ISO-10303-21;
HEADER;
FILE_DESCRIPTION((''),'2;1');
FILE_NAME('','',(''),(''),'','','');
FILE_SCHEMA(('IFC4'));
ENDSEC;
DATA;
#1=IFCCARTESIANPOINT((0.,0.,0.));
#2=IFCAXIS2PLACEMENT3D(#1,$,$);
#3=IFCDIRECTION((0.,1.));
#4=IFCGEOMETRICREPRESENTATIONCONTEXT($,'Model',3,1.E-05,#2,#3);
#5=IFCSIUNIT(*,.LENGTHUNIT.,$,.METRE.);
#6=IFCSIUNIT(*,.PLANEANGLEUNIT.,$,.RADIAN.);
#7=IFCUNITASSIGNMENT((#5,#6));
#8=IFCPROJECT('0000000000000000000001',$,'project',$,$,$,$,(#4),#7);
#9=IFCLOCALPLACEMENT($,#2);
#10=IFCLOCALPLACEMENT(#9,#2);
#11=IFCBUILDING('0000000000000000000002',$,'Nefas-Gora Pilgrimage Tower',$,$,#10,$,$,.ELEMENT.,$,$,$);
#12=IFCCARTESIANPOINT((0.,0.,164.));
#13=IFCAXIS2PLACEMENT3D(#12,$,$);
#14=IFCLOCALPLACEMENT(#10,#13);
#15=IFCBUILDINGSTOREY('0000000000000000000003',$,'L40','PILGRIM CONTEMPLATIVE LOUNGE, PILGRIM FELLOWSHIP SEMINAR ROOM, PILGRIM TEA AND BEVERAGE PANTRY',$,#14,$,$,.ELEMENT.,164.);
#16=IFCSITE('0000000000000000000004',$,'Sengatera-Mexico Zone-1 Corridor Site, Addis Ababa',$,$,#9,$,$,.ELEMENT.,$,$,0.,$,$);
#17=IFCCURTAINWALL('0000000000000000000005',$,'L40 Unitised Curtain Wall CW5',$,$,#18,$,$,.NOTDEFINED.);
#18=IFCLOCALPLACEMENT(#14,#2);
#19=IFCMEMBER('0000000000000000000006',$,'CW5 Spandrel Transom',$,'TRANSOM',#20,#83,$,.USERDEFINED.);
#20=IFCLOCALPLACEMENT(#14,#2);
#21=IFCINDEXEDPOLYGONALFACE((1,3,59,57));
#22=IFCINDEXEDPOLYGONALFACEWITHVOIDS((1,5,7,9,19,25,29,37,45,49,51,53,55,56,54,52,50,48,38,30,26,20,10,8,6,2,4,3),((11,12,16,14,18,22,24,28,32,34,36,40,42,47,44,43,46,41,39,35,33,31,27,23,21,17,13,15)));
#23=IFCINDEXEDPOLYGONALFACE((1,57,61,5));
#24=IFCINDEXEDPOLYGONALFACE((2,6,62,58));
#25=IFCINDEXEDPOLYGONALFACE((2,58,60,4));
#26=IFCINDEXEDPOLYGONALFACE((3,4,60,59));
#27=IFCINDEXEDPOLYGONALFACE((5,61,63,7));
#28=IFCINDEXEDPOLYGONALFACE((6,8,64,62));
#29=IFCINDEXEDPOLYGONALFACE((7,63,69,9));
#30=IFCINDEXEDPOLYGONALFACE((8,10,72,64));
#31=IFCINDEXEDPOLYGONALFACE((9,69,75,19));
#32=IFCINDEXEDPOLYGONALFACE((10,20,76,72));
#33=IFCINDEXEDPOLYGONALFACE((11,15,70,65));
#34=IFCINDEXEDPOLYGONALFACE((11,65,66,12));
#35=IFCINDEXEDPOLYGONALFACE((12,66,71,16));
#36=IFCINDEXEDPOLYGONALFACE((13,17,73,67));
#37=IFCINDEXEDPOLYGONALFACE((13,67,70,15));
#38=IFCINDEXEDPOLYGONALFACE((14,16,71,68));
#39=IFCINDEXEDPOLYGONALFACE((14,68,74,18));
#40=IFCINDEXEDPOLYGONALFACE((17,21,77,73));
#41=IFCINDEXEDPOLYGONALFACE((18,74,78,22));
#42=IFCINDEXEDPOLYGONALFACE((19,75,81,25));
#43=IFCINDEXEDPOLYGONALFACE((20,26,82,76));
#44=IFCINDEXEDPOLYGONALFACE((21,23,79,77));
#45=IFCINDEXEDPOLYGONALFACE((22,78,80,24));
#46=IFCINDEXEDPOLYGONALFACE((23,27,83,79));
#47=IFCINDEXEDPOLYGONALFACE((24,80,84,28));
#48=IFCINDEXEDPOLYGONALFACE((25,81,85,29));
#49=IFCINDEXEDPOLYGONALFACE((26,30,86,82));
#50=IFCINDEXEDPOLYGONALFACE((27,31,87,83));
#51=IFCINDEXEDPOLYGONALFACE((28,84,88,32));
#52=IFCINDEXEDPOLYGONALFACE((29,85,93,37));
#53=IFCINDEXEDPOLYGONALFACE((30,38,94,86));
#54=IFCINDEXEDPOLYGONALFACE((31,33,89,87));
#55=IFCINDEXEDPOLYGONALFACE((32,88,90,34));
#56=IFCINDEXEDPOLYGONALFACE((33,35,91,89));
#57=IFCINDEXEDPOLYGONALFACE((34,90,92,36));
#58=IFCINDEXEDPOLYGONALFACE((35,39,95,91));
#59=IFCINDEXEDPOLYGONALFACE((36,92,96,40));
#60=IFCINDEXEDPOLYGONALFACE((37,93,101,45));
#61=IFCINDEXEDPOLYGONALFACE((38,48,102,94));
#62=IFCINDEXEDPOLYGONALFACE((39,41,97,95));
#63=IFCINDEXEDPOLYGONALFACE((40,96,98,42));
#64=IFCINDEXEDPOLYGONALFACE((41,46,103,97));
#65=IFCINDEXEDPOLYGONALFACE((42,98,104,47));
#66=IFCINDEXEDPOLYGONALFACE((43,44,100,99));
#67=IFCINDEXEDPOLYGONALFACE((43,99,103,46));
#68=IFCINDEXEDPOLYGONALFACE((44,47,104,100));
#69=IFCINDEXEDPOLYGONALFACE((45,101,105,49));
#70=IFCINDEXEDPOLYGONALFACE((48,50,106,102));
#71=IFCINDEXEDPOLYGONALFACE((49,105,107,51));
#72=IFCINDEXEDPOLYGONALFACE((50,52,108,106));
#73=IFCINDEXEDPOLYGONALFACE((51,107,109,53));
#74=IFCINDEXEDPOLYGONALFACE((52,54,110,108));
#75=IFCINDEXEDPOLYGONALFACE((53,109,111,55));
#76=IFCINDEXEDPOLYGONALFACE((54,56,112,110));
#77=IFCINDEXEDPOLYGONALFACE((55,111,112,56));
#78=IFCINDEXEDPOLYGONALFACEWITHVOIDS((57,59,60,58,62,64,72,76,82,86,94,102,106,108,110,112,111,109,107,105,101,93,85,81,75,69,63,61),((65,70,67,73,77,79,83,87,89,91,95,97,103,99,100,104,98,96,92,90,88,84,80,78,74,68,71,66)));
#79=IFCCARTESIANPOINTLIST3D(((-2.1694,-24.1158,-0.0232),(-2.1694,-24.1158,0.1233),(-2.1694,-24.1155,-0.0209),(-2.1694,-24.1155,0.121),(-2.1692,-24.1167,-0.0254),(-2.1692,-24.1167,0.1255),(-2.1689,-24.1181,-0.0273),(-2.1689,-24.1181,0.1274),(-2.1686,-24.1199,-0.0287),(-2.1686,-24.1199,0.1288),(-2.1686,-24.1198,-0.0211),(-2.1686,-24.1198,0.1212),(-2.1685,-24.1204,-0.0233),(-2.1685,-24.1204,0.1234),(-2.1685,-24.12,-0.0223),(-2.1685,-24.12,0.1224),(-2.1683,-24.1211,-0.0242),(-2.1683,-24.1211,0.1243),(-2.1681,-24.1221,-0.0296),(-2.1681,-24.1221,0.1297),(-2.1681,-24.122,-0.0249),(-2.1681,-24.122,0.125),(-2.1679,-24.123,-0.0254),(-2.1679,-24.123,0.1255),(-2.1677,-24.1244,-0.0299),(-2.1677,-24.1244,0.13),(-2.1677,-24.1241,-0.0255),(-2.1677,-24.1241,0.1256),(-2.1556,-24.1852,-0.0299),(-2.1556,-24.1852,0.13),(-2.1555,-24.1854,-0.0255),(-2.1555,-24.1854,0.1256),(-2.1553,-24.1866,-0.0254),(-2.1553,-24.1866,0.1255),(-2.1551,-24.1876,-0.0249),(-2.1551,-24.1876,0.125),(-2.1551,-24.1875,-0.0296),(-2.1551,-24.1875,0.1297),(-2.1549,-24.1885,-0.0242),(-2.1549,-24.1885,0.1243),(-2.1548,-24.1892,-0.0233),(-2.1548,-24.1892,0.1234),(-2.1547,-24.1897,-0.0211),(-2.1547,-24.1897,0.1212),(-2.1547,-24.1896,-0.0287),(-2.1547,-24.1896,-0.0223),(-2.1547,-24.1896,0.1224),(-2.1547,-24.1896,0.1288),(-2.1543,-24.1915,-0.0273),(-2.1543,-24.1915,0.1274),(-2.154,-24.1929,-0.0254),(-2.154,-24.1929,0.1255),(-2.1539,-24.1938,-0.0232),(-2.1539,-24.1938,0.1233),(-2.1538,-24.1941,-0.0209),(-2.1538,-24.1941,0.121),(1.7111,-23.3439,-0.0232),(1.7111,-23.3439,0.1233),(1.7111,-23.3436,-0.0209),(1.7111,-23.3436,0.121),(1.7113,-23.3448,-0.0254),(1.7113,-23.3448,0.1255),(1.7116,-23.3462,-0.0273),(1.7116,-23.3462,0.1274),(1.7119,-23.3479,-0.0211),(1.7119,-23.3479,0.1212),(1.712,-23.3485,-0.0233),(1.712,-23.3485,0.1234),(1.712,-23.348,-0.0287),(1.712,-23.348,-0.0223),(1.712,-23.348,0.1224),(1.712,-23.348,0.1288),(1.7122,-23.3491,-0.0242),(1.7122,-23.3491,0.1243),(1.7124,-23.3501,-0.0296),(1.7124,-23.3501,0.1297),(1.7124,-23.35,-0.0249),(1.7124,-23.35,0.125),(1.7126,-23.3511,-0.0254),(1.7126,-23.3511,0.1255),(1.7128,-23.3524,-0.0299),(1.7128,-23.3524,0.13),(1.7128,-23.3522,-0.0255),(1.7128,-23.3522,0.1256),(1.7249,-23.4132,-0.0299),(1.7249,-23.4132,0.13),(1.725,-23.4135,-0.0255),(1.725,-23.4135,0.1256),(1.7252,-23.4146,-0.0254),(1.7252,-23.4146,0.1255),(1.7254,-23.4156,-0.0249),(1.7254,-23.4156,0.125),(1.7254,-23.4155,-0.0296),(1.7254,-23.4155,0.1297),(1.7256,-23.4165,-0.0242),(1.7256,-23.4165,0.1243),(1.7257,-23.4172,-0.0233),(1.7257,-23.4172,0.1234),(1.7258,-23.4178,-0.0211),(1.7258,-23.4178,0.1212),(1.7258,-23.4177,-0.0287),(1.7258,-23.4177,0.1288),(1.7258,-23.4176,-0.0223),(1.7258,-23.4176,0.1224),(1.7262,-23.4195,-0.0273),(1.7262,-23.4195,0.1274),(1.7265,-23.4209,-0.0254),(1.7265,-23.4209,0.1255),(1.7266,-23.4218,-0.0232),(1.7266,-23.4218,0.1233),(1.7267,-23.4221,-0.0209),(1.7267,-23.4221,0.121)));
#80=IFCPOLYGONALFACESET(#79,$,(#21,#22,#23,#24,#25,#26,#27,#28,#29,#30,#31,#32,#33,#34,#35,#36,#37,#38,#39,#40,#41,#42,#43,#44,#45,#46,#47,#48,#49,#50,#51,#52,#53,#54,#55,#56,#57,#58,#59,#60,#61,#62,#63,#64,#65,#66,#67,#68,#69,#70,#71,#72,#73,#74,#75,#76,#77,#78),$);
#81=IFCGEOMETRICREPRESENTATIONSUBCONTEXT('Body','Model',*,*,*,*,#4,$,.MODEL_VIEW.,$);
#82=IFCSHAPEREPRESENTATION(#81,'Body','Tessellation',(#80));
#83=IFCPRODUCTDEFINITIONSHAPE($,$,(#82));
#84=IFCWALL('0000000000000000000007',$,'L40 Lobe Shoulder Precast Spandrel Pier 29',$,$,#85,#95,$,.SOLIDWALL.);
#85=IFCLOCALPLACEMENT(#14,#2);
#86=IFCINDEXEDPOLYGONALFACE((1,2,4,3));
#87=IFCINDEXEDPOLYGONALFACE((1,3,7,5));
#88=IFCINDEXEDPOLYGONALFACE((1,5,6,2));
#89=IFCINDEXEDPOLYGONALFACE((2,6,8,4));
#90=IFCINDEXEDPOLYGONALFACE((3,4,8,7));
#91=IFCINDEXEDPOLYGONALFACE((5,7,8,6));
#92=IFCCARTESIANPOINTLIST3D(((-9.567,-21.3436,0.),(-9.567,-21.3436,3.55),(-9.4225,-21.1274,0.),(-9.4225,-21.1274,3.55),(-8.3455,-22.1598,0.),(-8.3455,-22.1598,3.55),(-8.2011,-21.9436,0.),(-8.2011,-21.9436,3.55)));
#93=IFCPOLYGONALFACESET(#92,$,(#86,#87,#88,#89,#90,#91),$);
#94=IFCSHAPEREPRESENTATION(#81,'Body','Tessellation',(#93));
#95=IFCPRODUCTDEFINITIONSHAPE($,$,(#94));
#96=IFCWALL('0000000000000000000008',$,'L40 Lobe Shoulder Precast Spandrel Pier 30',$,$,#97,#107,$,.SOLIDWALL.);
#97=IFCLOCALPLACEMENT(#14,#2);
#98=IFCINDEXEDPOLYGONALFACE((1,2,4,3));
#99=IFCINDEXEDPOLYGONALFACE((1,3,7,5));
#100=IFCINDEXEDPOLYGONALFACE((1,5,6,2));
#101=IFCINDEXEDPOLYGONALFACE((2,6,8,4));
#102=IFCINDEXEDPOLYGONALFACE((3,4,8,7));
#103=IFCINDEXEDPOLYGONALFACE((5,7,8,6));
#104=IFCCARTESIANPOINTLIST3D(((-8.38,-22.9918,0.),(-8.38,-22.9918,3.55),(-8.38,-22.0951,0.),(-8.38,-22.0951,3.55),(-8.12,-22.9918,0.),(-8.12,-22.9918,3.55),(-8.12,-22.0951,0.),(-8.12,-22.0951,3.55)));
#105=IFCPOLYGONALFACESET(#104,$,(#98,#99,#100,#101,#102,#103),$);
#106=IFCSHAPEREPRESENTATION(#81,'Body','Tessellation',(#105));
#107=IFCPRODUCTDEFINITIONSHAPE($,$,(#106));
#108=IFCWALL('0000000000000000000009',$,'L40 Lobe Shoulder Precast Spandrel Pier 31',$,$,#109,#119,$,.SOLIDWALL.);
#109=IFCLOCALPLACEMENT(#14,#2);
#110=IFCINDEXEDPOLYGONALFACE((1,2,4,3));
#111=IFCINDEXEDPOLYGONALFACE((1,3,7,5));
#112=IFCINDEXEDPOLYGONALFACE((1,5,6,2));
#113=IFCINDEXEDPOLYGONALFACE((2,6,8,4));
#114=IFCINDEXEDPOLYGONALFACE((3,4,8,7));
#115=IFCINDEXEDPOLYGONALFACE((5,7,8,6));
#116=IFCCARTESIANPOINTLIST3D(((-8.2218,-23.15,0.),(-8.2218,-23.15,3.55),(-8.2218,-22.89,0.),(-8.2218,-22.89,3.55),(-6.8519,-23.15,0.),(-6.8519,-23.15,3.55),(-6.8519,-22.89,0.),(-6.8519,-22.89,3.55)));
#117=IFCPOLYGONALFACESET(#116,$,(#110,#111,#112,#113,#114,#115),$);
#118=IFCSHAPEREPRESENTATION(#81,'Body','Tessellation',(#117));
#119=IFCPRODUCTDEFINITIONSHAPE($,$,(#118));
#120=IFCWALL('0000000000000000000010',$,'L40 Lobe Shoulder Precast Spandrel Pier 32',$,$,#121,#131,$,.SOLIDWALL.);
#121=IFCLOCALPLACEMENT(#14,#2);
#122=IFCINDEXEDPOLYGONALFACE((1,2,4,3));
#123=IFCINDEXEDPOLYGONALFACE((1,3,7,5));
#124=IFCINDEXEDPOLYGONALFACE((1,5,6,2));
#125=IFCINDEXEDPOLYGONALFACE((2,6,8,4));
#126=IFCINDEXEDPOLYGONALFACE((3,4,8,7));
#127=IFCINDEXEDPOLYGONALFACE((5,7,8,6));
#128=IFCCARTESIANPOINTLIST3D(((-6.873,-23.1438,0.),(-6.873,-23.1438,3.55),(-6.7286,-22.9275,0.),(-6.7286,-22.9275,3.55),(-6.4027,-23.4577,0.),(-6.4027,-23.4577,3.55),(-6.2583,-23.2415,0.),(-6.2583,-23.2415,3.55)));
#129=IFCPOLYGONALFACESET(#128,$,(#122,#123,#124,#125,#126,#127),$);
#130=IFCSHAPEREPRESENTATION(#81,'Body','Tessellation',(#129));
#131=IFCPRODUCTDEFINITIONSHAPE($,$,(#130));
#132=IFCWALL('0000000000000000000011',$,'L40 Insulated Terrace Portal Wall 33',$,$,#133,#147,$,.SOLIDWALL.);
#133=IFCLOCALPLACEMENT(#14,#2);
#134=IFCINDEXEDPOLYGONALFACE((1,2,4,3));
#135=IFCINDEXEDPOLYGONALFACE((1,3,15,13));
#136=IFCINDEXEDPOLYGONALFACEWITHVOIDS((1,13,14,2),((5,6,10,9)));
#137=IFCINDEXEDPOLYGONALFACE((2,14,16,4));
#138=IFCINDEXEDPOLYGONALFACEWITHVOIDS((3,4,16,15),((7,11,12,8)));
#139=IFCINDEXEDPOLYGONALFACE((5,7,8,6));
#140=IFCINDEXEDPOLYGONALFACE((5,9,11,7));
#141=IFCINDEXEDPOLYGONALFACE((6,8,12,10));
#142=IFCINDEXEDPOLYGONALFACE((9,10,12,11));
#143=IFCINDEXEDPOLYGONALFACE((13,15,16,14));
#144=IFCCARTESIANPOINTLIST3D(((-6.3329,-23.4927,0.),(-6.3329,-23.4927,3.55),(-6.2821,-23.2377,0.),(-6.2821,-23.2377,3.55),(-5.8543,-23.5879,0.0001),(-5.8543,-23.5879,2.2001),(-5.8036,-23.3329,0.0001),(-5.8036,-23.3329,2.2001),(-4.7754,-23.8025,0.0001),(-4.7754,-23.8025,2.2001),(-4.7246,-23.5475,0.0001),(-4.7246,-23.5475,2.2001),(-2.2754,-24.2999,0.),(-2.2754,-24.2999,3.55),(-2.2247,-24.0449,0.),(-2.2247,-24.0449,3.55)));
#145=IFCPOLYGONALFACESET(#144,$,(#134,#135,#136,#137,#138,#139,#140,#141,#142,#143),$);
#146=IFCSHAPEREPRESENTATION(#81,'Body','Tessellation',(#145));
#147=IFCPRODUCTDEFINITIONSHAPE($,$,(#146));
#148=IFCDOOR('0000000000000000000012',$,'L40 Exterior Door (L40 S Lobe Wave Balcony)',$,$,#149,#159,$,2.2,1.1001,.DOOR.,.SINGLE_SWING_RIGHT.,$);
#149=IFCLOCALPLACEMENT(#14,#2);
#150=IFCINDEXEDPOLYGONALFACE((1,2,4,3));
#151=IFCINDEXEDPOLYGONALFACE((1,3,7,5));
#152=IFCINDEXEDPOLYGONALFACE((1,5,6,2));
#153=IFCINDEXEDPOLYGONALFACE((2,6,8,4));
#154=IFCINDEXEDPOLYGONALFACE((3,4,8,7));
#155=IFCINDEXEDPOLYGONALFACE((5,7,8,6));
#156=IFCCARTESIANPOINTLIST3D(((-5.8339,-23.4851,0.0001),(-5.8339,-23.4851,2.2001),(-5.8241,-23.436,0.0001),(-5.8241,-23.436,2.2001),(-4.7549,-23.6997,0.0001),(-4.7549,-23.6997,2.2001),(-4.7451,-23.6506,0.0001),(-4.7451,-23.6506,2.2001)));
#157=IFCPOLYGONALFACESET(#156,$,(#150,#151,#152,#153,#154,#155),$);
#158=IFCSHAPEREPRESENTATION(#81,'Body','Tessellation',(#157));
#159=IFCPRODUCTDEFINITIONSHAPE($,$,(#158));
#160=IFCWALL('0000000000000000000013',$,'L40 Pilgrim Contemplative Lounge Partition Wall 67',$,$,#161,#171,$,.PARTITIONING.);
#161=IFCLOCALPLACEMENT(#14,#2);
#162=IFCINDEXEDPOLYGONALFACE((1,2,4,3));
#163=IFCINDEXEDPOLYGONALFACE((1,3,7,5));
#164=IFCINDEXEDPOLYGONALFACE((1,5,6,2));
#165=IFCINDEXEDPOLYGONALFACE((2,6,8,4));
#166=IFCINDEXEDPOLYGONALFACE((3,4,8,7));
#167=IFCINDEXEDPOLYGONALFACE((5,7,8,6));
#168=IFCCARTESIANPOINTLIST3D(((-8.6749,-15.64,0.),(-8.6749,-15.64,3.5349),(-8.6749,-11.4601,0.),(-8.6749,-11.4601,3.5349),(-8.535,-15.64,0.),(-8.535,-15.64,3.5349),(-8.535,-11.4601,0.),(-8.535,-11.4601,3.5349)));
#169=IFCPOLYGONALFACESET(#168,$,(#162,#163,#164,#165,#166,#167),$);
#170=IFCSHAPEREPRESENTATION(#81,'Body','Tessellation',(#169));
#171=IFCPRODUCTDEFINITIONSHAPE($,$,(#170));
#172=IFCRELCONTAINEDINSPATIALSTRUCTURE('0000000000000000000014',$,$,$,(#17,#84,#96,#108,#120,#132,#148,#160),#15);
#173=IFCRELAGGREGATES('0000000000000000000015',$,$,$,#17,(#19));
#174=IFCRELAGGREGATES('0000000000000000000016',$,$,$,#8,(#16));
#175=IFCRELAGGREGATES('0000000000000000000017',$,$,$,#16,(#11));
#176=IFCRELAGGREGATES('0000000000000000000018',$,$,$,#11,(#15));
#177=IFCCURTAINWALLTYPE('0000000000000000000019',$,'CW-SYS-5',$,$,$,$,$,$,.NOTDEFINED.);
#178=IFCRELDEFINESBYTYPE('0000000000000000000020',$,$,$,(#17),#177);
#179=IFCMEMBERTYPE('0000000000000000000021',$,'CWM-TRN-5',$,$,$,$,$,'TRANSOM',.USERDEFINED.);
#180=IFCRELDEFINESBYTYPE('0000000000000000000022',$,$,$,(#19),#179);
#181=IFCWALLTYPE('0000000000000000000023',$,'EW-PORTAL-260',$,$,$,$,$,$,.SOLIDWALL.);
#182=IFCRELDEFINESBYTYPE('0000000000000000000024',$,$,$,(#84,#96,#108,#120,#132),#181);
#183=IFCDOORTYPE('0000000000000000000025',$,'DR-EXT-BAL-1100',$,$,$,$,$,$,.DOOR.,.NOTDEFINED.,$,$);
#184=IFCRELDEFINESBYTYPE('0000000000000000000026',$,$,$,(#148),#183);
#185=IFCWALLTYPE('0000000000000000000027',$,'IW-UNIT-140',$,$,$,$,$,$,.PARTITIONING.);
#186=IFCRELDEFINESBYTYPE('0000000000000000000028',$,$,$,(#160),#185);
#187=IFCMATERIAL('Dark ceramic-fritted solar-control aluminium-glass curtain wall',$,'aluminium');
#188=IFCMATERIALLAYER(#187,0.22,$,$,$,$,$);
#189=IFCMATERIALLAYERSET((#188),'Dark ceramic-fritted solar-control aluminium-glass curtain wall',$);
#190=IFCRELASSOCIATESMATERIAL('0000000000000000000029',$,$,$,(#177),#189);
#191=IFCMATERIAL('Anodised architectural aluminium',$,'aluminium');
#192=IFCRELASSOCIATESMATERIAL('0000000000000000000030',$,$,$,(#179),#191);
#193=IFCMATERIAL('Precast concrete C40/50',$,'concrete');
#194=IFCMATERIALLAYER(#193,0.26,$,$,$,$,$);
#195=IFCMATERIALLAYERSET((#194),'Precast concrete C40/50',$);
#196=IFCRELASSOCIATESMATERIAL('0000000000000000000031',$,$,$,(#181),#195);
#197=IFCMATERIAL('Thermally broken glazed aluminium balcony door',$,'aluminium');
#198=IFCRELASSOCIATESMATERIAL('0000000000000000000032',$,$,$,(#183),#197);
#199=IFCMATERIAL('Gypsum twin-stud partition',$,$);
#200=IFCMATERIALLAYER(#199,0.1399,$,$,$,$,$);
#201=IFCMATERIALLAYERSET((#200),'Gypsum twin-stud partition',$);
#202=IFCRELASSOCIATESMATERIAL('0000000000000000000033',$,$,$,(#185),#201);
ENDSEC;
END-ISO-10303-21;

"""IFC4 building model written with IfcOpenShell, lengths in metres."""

from ifc_helpers import new_model, si_unit, direction, frame, frame_2d, origin, origin_2d, place, context, subcontext, project, spatial, rectangle, hollow_rectangle, extrude, source, transform, mapped, material, layer, layer_set, material_profile, profile_set, type_object, element, fill, aggregate, save


model = new_model("IFC4")

# Units and contexts
model_context = context("Model", 3, precision=1e-05, world=origin(), true_north=direction((0.0, 1.0)))
body_context = subcontext(model_context, "Body", "Model", "MODEL_VIEW")
ifc_project = project(units=[si_unit("LENGTHUNIT", "METRE"), si_unit("PLANEANGLEUNIT", "RADIAN")], contexts=[model_context])

# Site, building, storey
site_placement = place(None, origin())
site = spatial("IfcSite", under=ifc_project, at=site_placement, Name="Sengatera-Mexico Zone-1 Corridor Site, Addis Ababa", CompositionType="ELEMENT", RefElevation=0.0)
building_placement = place(site_placement, origin())
building = spatial("IfcBuilding", under=site, at=building_placement, Name="Nefas-Gora Pilgrimage Tower", CompositionType="ELEMENT")
storey_placement = place(building_placement, frame((0.0, 0.0, 164.0)))
storey = spatial("IfcBuildingStorey", under=building, at=storey_placement, Name="L40", Description="PILGRIM CONTEMPLATIVE LOUNGE, PILGRIM FELLOWSHIP SEMINAR ROOM, PILGRIM TEA AND BEVERAGE PANTRY", CompositionType="ELEMENT", Elevation=164.0)

# Shared definitions
ifc_material_1 = material(Name="Dark ceramic-fritted solar-control aluminium-glass curtain wall", Category="aluminium")
ifc_layer_1 = layer(ifc_material_1, 0.22)
ifc_layer_set_1 = layer_set([ifc_layer_1], Name="Dark ceramic-fritted solar-control aluminium-glass curtain wall")
curtain_wall_type = type_object("IfcCurtainWallType", Name="CW-SYS-5", PredefinedType="NOTDEFINED", material=ifc_layer_set_1)
ifc_material_2 = material(Name="Anodised architectural aluminium", Category="aluminium")

# Curtain wall, member
curtain_wall_1_placement = place(storey_placement, origin())
curtain_wall_1 = element("IfcCurtainWall", 1, at=curtain_wall_1_placement, inside=storey, type_object=curtain_wall_type, Name="L40 Unitised Curtain Wall CW5", PredefinedType="NOTDEFINED")
ifc_material_profile_1 = material_profile(ifc_material_2, hollow_rectangle(XDim=0.0801, YDim=0.1599, WallThickness=0.0044, InnerFilletRadius=0.0044, OuterFilletRadius=0.009, at=origin_2d()), Name="ALU TRANSOM 80x160")
ifc_profile_set_1 = profile_set([ifc_material_profile_1], Name="Anodised architectural aluminium")
member_type_1 = type_object("IfcMemberType", Name="CWM-TRN-5", ElementType="TRANSOM", PredefinedType="USERDEFINED", material=ifc_profile_set_1)
shared_shape_1 = source(origin(), body_context, "Body", "SweptSolid", [
    extrude(hollow_rectangle(XDim=0.0801, YDim=0.1599, WallThickness=0.0044, InnerFilletRadius=0.0044, OuterFilletRadius=0.009, at=origin_2d()), origin(), (0.0, 0.0, 1.0), 3.9565),
])
member_1_placement = place(storey_placement, frame((-2.1616, -24.1548, 0.05), z_axis=(0.980782, 0.195107, 0.0), x_axis=(-0.195107, 0.980782, 0.0)))
member_1 = element("IfcMember", 2, at=member_1_placement, type_object=member_type_1, Name="CW5 Spandrel Transom", ObjectType="TRANSOM", PredefinedType="USERDEFINED", context=body_context, shape_type="MappedRepresentation", body=[
    mapped(shared_shape_1, transform((0.0, 0.0, 0.0), x_axis=(1.0, 0.0, 0.0), y_axis=(0.0, 1.0, 0.0), z_axis=(0.0, 0.0, 1.0), scale=1.0)),
])
aggregate(curtain_wall_1, [member_1])

# Walls
ifc_material_3 = material(Name="Precast concrete C40/50", Category="concrete")
ifc_layer_2 = layer(ifc_material_3, 0.26)
ifc_layer_set_2 = layer_set([ifc_layer_2], Name="Precast concrete C40/50")
wall_type_1 = type_object("IfcWallType", Name="EW-PORTAL-260", PredefinedType="SOLIDWALL", material=ifc_layer_set_2)
shared_shape_2 = source(origin(), body_context, "Body", "SweptSolid", [
    extrude(rectangle(XDim=1.469, YDim=0.26, at=frame_2d((0.7344, 0.0))), origin(), (0.0, 0.0, 1.0), 3.55),
])
wall_1_placement = place(storey_placement, frame((-9.4946, -21.2356, 0.0), z_axis=(0.0, 0.0, 1.0), x_axis=(0.831462, -0.555582, 0.0)))
element("IfcWall", 3, at=wall_1_placement, inside=storey, type_object=wall_type_1, Name="L40 Lobe Shoulder Precast Spandrel Pier 29", PredefinedType="SOLIDWALL", context=body_context, shape_type="MappedRepresentation", body=[
    mapped(shared_shape_2, transform((0.0, 0.0, 0.0), x_axis=(1.0, 0.0, 0.0), y_axis=(0.0, 1.0, 0.0), z_axis=(0.0, 0.0, 1.0), scale=1.0)),
])
shared_shape_3 = source(origin(), body_context, "Body", "SweptSolid", [
    extrude(rectangle(XDim=0.8967, YDim=0.26, at=frame_2d((0.4482, 0.0))), origin(), (0.0, 0.0, 1.0), 3.55),
])
wall_2_placement = place(storey_placement, frame((-8.25, -22.0952, 0.0), z_axis=(0.0, 0.0, 1.0), x_axis=(0.0, -1.0, 0.0)))
element("IfcWall", 4, at=wall_2_placement, inside=storey, type_object=wall_type_1, Name="L40 Lobe Shoulder Precast Spandrel Pier 30", PredefinedType="SOLIDWALL", context=body_context, shape_type="MappedRepresentation", body=[
    mapped(shared_shape_3, transform((0.0, 0.0, 0.0), x_axis=(1.0, 0.0, 0.0), y_axis=(0.0, 1.0, 0.0), z_axis=(0.0, 0.0, 1.0), scale=1.0)),
])
shared_shape_4 = source(origin(), body_context, "Body", "SweptSolid", [
    extrude(rectangle(XDim=1.3699, YDim=0.26, at=frame_2d((0.6851, 0.0))), origin(), (0.0, 0.0, 1.0), 3.55),
])
wall_3_placement = place(storey_placement, frame((-8.2219, -23.02, 0.0), z_axis=(0.0, 0.0, 1.0), x_axis=(1.0, 0.0, 0.0)))
element("IfcWall", 5, at=wall_3_placement, inside=storey, type_object=wall_type_1, Name="L40 Lobe Shoulder Precast Spandrel Pier 31", PredefinedType="SOLIDWALL", context=body_context, shape_type="MappedRepresentation", body=[
    mapped(shared_shape_4, transform((0.0, 0.0, 0.0), x_axis=(1.0, 0.0, 0.0), y_axis=(0.0, 1.0, 0.0), z_axis=(0.0, 0.0, 1.0), scale=1.0)),
])
shared_shape_5 = source(origin(), body_context, "Body", "SweptSolid", [
    extrude(rectangle(XDim=0.5654, YDim=0.26, at=frame_2d((0.2827, 0.0))), origin(), (0.0, 0.0, 1.0), 3.55),
])
wall_4_placement = place(storey_placement, frame((-6.8008, -23.0356, 0.0), z_axis=(0.0, 0.0, 1.0), x_axis=(0.831651, -0.555298, 0.0)))
element("IfcWall", 6, at=wall_4_placement, inside=storey, type_object=wall_type_1, Name="L40 Lobe Shoulder Precast Spandrel Pier 32", PredefinedType="SOLIDWALL", context=body_context, shape_type="MappedRepresentation", body=[
    mapped(shared_shape_5, transform((0.0, 0.0, 0.0), x_axis=(1.0, 0.0, 0.0), y_axis=(0.0, 1.0, 0.0), z_axis=(0.0, 0.0, 1.0), scale=1.0)),
])

# Wall, opening, door
shared_shape_6 = source(origin(), body_context, "Body", "SweptSolid", [
    extrude(rectangle(XDim=4.137, YDim=0.26, at=frame_2d((2.0684, 0.0))), origin(), (0.0, 0.0, 1.0), 3.55),
])
wall_5_placement = place(storey_placement, frame((-6.3074, -23.3652, 0.0), z_axis=(0.0, 0.0, 1.0), x_axis=(0.980782, -0.195106, 0.0)))
wall_5 = element("IfcWall", 7, at=wall_5_placement, inside=storey, type_object=wall_type_1, Name="L40 Insulated Terrace Portal Wall 33", PredefinedType="SOLIDWALL", context=body_context, shape_type="MappedRepresentation", body=[
    mapped(shared_shape_6, transform((0.0, 0.0, 0.0), x_axis=(1.0, 0.0, 0.0), y_axis=(0.0, 1.0, 0.0), z_axis=(0.0, 0.0, 1.0), scale=1.0)),
])
opening_1_placement = place(wall_5_placement, frame((0.4878, 0.0, 0.0)))
opening_1 = element("IfcOpeningElement", 8, at=opening_1_placement, cuts=wall_5, PredefinedType="OPENING", context=body_context, shape_type="SweptSolid", body=[
    extrude(rectangle(XDim=1.1001, YDim=2.2, at=frame_2d((0.55, 1.1001))), frame((0.0, 0.1399, 0.0), z_axis=(0.0, -1.0, 0.0), x_axis=(1.0, 0.0, 0.0)), (0.0, 0.0, 1.0), 0.28),
])
ifc_material_4 = material(Name="Thermally broken glazed aluminium balcony door", Category="aluminium")
door_type_1 = type_object("IfcDoorType", Name="DR-EXT-BAL-1100", OperationType="NOTDEFINED", PredefinedType="DOOR", material=ifc_material_4)
shared_shape_7 = source(origin(), body_context, "Body", "SweptSolid", [
    extrude(rectangle(XDim=1.1001, YDim=2.2, at=frame_2d((0.55, 1.1001))), frame((0.0, 0.0249, 0.0), z_axis=(0.0, -1.0, 0.0), x_axis=(1.0, 0.0, 0.0)), (0.0, 0.0, 1.0), 0.05),
])
door_1_placement = place(opening_1_placement, origin())
door_1 = element("IfcDoor", 9, at=door_1_placement, inside=storey, type_object=door_type_1, Name="L40 Exterior Door (L40 S Lobe Wave Balcony)", OperationType="SINGLE_SWING_RIGHT", OverallHeight=2.2, OverallWidth=1.1001, PredefinedType="DOOR", context=body_context, shape_type="MappedRepresentation", body=[
    mapped(shared_shape_7, transform((0.0, 0.0, 0.0), x_axis=(1.0, 0.0, 0.0), y_axis=(0.0, 1.0, 0.0), z_axis=(0.0, 0.0, 1.0), scale=1.0)),
])
fill(opening_1, door_1)

# Wall
ifc_material_5 = material(Name="Gypsum twin-stud partition")
ifc_layer_3 = layer(ifc_material_5, 0.1399)
ifc_layer_set_3 = layer_set([ifc_layer_3], Name="Gypsum twin-stud partition")
wall_type_2 = type_object("IfcWallType", Name="IW-UNIT-140", PredefinedType="PARTITIONING", material=ifc_layer_set_3)
shared_shape_8 = source(origin(), body_context, "Body", "SweptSolid", [
    extrude(rectangle(XDim=4.1799, YDim=0.1399, at=frame_2d((2.0898, 0.0))), origin(), (0.0, 0.0, 1.0), 3.5349),
])
wall_6_placement = place(storey_placement, frame((-8.605, -15.6399, 0.0), z_axis=(0.0, 0.0, 1.0), x_axis=(0.0, 1.0, 0.0)))
element("IfcWall", 10, at=wall_6_placement, inside=storey, type_object=wall_type_2, Name="L40 Pilgrim Contemplative Lounge Partition Wall 67", PredefinedType="PARTITIONING", context=body_context, shape_type="MappedRepresentation", body=[
    mapped(shared_shape_8, transform((0.0, 0.0, 0.0), x_axis=(1.0, 0.0, 0.0), y_axis=(0.0, 1.0, 0.0), z_axis=(0.0, 0.0, 1.0), scale=1.0)),
])

save(model, "model.ifc")
